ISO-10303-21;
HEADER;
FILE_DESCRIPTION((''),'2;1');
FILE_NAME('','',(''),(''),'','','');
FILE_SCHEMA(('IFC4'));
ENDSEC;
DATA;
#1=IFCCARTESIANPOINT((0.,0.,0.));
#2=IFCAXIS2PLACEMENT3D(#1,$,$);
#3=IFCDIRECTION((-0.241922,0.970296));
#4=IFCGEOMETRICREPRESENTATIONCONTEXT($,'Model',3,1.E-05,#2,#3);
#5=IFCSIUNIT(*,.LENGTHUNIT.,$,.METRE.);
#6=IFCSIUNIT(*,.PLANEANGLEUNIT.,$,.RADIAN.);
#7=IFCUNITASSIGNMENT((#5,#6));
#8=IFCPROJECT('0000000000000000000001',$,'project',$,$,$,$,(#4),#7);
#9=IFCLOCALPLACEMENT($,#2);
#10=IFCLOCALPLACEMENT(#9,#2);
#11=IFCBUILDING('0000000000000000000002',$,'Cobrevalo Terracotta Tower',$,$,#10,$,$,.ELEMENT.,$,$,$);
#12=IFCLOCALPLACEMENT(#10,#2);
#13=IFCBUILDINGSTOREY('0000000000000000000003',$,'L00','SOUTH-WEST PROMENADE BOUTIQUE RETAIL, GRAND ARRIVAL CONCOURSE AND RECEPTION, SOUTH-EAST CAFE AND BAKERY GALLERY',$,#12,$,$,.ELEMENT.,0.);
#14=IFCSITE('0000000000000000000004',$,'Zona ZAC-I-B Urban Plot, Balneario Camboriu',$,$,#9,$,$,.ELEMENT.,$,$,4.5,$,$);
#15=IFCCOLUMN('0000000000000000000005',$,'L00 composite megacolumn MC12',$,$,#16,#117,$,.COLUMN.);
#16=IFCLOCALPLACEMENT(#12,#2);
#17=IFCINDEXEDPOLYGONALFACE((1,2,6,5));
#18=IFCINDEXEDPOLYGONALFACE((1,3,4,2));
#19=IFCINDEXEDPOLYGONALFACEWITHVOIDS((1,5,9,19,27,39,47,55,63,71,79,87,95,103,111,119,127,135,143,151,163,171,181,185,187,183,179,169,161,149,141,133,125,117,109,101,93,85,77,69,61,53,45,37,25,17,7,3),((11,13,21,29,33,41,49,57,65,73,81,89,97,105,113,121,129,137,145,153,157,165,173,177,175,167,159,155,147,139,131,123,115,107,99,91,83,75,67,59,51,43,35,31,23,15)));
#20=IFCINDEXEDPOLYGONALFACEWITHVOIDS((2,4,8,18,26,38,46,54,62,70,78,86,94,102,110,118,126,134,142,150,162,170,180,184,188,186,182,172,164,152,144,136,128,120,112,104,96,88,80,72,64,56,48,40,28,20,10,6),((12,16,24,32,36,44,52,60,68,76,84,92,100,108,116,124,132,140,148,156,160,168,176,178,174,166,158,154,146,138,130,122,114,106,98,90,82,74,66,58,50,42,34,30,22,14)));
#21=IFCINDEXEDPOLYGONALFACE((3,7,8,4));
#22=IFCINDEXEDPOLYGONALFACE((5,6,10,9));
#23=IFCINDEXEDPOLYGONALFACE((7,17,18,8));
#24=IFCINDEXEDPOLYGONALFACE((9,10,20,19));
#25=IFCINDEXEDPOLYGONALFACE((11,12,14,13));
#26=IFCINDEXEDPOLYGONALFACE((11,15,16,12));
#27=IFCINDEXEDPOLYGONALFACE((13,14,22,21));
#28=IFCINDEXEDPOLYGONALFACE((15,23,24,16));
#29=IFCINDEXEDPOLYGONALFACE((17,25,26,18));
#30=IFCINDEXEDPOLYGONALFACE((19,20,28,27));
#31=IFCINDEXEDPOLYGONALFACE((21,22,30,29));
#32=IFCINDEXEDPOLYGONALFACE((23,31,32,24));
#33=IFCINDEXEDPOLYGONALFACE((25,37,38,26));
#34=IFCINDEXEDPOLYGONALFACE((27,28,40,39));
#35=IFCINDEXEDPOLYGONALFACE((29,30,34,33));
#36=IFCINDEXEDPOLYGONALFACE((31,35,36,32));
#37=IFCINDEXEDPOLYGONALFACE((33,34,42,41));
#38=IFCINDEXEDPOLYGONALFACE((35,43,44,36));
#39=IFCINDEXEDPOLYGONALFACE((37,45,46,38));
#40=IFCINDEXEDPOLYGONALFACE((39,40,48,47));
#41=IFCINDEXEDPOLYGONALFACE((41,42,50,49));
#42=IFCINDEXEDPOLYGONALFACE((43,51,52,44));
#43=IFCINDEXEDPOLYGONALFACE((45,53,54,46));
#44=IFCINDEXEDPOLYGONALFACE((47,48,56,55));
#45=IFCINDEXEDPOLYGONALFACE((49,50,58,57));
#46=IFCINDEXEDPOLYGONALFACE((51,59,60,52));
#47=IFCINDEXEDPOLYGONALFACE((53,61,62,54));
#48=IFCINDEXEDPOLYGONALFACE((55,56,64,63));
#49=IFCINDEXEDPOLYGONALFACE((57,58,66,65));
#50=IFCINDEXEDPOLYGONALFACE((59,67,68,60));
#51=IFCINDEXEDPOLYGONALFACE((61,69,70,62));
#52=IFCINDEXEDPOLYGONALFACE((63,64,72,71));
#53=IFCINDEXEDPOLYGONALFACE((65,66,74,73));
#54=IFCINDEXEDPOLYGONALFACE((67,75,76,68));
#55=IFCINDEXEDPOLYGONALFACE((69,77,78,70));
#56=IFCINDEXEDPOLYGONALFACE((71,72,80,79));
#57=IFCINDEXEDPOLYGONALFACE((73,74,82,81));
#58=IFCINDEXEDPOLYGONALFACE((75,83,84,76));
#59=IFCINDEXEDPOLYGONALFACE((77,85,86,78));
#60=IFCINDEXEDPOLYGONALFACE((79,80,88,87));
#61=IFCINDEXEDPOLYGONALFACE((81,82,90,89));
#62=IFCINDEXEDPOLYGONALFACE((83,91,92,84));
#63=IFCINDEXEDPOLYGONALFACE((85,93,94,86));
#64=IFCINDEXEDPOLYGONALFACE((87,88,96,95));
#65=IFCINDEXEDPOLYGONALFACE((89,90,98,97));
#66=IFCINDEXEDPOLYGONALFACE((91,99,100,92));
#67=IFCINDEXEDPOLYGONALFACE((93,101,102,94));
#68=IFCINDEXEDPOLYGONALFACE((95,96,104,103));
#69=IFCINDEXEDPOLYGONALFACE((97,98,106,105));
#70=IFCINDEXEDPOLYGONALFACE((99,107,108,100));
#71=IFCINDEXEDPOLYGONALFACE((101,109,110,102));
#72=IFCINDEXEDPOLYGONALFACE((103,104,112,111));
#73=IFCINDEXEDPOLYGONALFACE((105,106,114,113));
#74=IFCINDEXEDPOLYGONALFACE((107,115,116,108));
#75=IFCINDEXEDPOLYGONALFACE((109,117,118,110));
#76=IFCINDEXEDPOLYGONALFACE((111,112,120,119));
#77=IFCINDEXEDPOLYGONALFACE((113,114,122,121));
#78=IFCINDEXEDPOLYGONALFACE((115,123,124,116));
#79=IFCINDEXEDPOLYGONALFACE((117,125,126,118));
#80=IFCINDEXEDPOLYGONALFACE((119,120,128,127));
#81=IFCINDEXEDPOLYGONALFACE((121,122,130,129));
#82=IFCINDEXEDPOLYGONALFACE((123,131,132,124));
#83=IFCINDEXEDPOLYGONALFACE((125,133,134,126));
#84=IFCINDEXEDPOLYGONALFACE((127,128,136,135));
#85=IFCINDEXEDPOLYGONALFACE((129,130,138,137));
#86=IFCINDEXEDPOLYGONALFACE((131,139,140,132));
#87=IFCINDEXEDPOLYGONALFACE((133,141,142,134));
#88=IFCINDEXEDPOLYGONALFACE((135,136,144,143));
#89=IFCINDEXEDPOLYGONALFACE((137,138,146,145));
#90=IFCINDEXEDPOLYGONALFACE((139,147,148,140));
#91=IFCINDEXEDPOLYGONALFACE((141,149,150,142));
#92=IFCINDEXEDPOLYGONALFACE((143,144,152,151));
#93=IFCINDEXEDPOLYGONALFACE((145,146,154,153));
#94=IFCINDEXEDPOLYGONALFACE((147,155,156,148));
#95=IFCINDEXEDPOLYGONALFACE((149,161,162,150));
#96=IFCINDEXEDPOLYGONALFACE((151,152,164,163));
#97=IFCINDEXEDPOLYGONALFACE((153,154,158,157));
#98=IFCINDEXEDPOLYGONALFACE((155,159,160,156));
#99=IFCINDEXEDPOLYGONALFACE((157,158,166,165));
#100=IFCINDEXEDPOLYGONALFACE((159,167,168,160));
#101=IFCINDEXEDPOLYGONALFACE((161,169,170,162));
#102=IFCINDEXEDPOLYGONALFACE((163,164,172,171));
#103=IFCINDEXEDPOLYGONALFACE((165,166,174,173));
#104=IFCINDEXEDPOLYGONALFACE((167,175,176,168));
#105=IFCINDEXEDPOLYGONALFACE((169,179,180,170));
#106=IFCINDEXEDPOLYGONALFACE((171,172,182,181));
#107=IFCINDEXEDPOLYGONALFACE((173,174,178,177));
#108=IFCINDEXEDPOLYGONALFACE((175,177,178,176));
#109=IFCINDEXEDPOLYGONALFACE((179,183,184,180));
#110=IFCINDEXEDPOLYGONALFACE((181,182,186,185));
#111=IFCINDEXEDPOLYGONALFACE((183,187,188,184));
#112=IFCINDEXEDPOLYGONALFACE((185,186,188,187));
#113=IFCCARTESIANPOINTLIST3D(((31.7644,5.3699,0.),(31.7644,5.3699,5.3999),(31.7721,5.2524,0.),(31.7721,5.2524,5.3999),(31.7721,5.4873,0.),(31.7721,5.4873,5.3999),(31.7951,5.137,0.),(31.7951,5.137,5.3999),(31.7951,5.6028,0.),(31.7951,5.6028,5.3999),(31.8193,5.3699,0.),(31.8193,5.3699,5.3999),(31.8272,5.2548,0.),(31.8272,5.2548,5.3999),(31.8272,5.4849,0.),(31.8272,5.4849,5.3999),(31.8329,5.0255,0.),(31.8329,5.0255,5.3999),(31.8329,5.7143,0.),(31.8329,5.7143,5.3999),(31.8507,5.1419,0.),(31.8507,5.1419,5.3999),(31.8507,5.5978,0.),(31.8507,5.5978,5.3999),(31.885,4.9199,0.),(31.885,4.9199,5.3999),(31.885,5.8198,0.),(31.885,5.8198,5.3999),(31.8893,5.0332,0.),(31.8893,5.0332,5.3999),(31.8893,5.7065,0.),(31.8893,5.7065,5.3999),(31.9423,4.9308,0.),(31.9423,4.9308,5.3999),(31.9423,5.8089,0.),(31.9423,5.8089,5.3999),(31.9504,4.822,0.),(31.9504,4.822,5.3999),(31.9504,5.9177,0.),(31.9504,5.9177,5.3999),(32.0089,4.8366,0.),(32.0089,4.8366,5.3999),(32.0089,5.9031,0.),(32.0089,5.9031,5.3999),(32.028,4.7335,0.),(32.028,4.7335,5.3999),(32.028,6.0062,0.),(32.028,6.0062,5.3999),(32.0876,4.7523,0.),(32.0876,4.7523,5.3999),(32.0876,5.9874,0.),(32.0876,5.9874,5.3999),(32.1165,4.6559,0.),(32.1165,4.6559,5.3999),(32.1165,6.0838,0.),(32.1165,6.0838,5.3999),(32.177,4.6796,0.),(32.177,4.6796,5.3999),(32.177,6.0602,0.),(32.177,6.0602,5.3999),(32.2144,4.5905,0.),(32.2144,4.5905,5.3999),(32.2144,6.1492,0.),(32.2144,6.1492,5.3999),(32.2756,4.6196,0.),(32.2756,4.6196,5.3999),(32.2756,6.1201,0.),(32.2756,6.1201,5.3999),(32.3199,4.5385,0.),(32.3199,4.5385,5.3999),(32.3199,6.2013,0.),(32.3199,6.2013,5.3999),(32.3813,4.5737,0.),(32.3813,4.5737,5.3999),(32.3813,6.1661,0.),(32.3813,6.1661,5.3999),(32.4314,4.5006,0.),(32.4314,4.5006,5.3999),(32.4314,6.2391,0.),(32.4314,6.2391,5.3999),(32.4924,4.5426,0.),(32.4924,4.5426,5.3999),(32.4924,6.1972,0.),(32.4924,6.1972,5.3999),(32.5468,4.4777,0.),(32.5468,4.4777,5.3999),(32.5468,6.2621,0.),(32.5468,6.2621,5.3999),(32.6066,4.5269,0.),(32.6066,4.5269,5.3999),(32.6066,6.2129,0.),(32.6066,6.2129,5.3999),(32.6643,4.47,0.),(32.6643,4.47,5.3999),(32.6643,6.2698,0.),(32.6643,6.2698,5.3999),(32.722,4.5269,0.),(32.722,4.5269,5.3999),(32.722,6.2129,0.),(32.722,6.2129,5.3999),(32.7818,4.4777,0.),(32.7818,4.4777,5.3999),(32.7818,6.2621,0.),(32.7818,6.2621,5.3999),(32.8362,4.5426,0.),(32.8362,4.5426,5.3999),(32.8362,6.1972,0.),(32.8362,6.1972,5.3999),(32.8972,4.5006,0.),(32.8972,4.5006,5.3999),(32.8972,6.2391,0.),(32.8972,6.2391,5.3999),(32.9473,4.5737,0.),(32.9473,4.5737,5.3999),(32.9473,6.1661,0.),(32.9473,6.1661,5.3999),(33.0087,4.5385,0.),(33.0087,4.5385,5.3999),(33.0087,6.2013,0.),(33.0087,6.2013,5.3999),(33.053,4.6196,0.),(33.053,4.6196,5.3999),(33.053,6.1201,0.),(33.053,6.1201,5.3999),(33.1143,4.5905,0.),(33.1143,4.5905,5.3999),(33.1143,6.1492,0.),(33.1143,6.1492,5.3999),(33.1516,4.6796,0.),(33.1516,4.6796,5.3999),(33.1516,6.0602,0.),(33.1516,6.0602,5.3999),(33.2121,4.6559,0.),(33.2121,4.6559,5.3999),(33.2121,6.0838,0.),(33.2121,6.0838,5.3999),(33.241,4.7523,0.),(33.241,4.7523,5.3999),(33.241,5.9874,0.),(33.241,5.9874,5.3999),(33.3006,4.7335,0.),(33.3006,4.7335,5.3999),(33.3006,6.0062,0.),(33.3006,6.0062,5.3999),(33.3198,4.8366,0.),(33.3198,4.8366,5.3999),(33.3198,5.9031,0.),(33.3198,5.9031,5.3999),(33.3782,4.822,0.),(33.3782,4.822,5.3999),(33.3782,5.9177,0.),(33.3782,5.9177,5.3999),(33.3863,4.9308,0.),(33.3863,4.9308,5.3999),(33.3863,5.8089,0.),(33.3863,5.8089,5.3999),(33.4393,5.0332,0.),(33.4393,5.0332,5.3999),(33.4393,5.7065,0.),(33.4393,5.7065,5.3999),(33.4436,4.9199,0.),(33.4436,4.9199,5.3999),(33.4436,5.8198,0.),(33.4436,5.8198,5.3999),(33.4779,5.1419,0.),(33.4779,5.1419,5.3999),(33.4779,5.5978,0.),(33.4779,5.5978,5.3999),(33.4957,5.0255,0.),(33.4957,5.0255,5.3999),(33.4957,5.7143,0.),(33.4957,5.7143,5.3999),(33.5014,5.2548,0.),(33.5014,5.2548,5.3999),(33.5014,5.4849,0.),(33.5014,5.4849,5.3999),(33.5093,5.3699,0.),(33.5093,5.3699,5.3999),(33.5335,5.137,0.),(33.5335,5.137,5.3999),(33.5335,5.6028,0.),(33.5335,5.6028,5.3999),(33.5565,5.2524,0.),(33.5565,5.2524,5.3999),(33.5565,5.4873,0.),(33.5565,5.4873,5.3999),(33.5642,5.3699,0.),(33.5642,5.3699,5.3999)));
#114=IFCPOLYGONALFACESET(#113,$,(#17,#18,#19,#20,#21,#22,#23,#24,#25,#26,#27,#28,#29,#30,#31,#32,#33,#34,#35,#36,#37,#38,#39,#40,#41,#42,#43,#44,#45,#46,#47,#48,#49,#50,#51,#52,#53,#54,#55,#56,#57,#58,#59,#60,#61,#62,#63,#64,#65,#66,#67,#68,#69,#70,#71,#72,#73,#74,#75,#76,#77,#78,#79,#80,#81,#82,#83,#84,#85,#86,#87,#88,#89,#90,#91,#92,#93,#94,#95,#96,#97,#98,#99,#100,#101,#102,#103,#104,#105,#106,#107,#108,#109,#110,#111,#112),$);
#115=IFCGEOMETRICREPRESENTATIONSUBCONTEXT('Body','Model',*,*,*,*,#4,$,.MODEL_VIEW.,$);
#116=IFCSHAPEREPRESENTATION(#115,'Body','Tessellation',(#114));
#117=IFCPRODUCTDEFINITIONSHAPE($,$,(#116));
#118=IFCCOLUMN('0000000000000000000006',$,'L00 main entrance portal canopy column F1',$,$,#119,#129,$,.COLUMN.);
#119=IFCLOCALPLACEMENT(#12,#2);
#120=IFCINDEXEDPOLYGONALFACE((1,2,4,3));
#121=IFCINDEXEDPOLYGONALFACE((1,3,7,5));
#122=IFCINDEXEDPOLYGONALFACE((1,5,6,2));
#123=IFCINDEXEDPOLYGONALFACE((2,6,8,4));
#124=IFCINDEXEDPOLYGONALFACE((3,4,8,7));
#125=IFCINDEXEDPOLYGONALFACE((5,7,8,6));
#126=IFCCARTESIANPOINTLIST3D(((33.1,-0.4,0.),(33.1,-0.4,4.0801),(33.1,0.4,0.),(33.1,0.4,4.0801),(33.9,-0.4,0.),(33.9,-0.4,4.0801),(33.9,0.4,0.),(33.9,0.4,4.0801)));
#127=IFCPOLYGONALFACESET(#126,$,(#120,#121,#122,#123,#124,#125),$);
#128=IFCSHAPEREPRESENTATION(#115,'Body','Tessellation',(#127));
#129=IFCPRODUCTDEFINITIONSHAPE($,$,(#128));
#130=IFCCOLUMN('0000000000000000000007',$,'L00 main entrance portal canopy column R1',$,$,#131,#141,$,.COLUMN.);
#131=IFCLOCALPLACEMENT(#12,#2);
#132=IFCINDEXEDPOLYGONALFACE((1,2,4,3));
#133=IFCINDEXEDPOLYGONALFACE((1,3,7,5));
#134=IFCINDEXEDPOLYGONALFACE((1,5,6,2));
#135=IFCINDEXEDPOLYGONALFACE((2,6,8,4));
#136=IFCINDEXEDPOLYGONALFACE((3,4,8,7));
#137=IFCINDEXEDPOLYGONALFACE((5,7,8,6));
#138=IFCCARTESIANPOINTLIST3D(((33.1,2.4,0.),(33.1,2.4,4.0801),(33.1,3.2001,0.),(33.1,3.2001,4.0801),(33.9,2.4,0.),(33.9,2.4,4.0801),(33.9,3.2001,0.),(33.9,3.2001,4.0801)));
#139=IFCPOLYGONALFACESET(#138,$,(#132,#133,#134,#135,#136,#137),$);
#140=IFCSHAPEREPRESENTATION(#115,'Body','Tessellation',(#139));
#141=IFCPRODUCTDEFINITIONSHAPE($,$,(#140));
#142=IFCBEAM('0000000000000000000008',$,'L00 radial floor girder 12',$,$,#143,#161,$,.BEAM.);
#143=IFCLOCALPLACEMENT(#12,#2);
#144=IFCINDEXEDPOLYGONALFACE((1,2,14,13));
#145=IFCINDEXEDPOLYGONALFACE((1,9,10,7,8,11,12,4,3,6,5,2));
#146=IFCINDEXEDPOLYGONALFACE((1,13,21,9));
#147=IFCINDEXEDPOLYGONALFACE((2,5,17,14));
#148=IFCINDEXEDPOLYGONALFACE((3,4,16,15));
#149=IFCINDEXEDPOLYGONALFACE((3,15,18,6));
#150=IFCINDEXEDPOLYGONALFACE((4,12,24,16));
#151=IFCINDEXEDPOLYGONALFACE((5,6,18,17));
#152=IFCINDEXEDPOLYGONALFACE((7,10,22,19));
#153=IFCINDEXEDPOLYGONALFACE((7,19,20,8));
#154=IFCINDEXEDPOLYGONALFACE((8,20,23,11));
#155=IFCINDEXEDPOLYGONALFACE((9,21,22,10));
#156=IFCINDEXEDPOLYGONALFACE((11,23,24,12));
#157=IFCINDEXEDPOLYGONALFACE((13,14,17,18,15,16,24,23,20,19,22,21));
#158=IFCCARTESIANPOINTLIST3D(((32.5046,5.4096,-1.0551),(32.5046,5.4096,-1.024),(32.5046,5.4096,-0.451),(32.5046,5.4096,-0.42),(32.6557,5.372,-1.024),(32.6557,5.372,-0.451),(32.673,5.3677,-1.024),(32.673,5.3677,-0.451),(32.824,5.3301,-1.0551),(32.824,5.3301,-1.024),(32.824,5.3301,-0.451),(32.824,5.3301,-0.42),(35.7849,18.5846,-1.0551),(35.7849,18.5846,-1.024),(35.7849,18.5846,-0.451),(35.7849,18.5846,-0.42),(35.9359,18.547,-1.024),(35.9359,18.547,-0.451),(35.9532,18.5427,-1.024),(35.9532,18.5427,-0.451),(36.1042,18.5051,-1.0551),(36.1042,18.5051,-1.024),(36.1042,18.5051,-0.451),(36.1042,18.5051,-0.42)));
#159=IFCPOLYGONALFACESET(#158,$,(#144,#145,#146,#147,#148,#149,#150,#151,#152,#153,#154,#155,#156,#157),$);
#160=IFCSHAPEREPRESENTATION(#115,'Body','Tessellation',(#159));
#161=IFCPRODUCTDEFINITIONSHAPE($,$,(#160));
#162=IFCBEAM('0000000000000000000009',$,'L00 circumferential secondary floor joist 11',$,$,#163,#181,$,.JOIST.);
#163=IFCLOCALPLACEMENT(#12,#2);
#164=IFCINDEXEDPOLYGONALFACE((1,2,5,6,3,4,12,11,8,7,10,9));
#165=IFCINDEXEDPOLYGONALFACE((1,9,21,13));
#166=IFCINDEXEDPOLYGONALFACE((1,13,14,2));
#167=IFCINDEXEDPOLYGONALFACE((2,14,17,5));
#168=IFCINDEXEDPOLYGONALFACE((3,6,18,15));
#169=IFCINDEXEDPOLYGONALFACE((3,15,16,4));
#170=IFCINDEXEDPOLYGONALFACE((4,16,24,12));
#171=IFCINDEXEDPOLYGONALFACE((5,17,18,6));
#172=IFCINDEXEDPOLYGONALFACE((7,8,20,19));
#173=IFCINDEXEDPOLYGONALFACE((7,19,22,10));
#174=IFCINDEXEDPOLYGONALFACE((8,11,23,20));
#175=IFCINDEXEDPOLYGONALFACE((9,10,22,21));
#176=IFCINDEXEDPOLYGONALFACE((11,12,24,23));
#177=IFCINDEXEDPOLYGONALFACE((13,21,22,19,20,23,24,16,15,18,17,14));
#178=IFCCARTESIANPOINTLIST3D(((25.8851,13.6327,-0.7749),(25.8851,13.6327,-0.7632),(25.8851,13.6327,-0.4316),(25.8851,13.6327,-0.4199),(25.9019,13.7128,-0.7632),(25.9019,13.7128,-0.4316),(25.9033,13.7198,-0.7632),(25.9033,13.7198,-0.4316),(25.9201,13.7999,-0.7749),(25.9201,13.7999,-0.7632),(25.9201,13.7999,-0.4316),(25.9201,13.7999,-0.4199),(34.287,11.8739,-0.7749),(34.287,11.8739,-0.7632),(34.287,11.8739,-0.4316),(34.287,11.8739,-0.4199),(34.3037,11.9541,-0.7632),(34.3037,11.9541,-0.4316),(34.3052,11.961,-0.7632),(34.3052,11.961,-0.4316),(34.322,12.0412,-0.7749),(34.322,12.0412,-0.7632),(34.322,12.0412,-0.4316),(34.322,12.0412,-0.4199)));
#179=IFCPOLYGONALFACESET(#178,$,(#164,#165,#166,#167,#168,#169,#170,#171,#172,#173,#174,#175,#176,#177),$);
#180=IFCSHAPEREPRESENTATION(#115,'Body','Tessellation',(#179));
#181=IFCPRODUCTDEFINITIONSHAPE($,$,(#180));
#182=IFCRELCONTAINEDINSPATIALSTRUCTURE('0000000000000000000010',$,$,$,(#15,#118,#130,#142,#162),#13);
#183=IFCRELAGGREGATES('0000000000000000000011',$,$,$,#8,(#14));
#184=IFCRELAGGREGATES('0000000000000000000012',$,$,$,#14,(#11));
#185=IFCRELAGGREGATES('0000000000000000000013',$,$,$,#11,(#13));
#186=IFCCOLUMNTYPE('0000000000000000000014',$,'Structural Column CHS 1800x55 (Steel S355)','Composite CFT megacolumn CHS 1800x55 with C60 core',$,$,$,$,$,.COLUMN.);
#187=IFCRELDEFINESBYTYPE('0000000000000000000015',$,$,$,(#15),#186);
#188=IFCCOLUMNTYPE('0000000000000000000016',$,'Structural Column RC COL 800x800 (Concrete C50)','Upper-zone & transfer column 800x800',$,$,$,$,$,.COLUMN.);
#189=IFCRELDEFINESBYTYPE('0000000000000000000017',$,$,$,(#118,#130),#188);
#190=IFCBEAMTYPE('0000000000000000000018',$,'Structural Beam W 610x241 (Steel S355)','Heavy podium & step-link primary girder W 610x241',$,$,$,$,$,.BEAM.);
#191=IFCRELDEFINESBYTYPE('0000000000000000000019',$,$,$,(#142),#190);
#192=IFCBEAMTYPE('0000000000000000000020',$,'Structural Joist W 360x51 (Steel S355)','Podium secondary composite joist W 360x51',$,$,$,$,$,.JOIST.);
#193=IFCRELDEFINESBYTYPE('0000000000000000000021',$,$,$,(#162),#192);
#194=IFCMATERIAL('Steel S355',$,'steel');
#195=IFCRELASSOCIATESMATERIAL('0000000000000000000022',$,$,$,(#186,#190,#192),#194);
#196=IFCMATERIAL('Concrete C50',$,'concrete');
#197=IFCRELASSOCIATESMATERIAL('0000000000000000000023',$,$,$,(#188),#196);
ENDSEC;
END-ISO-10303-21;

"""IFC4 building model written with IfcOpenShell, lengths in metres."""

from ifc_helpers import new_model, si_unit, direction, frame, origin, origin_2d, place, context, subcontext, project, spatial, rectangle, hollow_circle, i_section, extrude, material, material_profile, profile_set, type_object, element, save


model = new_model("IFC4")

# Units and contexts
model_context = context("Model", 3, precision=1e-05, world=origin(), true_north=direction((-0.241922, 0.970296)))
body_context = subcontext(model_context, "Body", "Model", "MODEL_VIEW")
ifc_project = project(units=[si_unit("LENGTHUNIT", "METRE"), si_unit("PLANEANGLEUNIT", "RADIAN")], contexts=[model_context])

# Site, building, storey
site_placement = place(None, origin())
site = spatial("IfcSite", under=ifc_project, at=site_placement, Name="Zona ZAC-I-B Urban Plot, Balneario Camboriu", CompositionType="ELEMENT", RefElevation=4.5)
building_placement = place(site_placement, origin())
building = spatial("IfcBuilding", under=site, at=building_placement, Name="Cobrevalo Terracotta Tower", CompositionType="ELEMENT")
storey_placement = place(building_placement, origin())
storey = spatial("IfcBuildingStorey", under=building, at=storey_placement, Name="L00", Description="SOUTH-WEST PROMENADE BOUTIQUE RETAIL, GRAND ARRIVAL CONCOURSE AND RECEPTION, SOUTH-EAST CAFE AND BAKERY GALLERY", CompositionType="ELEMENT", Elevation=0.0)

# Columns
ifc_material_1 = material(Name="Steel S355", Category="steel")
ifc_material_profile_1 = material_profile(ifc_material_1, hollow_circle(Radius=0.8999, WallThickness=0.0549, at=origin_2d()), Name="CHS 1800x55")
ifc_profile_set_1 = profile_set([ifc_material_profile_1], Name="Steel S355")
column_type_1 = type_object("IfcColumnType", Name="Structural Column CHS 1800x55 (Steel S355)", Description="Composite CFT megacolumn CHS 1800x55 with C60 core", PredefinedType="COLUMN", material=ifc_profile_set_1)
column_placement = place(storey_placement, frame((32.6643, 5.3699, 0.0), z_axis=(0.0, 0.0, 1.0), x_axis=(1.0, 0.0, 0.0)))
element("IfcColumn", 1, at=column_placement, inside=storey, type_object=column_type_1, Name="L00 composite megacolumn MC12", PredefinedType="COLUMN", context=body_context, shape_type="SweptSolid", body=[
    extrude(hollow_circle(Radius=0.8999, WallThickness=0.0549, at=origin_2d()), origin(), (0.0, 0.0, 1.0), 5.3999),
])
ifc_material_2 = material(Name="Concrete C50", Category="concrete")
ifc_material_profile_2 = material_profile(ifc_material_2, rectangle(XDim=0.8, YDim=0.8, at=origin_2d()), Name="RC COL 800x800")
ifc_profile_set_2 = profile_set([ifc_material_profile_2], Name="Concrete C50")
column_type_2 = type_object("IfcColumnType", Name="Structural Column RC COL 800x800 (Concrete C50)", Description="Upper-zone & transfer column 800x800", PredefinedType="COLUMN", material=ifc_profile_set_2)
for number, where, z_axis, x_axis, name in (
    (2, (33.5, 0.0, 0.0), (0.0, 0.0, 1.0), (1.0, 0.0, 0.0), "L00 main entrance portal canopy column F1"),
    (3, (33.5, 2.8, 0.0), (0.0, 0.0, 1.0), (1.0, 0.0, 0.0), "L00 main entrance portal canopy column R1"),
):
    element("IfcColumn", number, at=place(storey_placement, frame(where, z_axis=z_axis, x_axis=x_axis)), inside=storey, type_object=column_type_2, Name=name, PredefinedType="COLUMN", context=body_context, shape_type="SweptSolid", body=[
        extrude(rectangle(XDim=0.8, YDim=0.8, at=origin_2d()), origin(), (0.0, 0.0, 1.0), 4.0801),
    ])

# Beams
ifc_material_profile_3 = material_profile(ifc_material_1, i_section(OverallWidth=0.3291, OverallDepth=0.635, WebThickness=0.0178, FlangeThickness=0.031, at=origin_2d()), Name="W 610x241")
ifc_profile_set_3 = profile_set([ifc_material_profile_3], Name="Steel S355")
beam_type_1 = type_object("IfcBeamType", Name="Structural Beam W 610x241 (Steel S355)", Description="Heavy podium & step-link primary girder W 610x241", PredefinedType="BEAM", material=ifc_profile_set_3)
beam_1_placement = place(storey_placement, frame((32.6643, 5.3699, -0.7375), z_axis=(0.2416, 0.970376, 0.0), x_axis=(-0.970376, 0.2416, 0.0)))
element("IfcBeam", 4, at=beam_1_placement, inside=storey, type_object=beam_type_1, Name="L00 radial floor girder 12", PredefinedType="BEAM", context=body_context, shape_type="SweptSolid", body=[
    extrude(i_section(OverallWidth=0.3291, OverallDepth=0.635, WebThickness=0.0178, FlangeThickness=0.031, at=origin_2d()), origin(), (0.0, 0.0, 1.0), 13.5771),
])
ifc_material_profile_4 = material_profile(ifc_material_1, i_section(OverallWidth=0.1709, OverallDepth=0.355, WebThickness=0.0071, FlangeThickness=0.0117, at=origin_2d()), Name="W 360x51")
ifc_profile_set_4 = profile_set([ifc_material_profile_4], Name="Steel S355")
beam_type_2 = type_object("IfcBeamType", Name="Structural Joist W 360x51 (Steel S355)", Description="Podium secondary composite joist W 360x51", PredefinedType="JOIST", material=ifc_profile_set_4)
beam_2_placement = place(storey_placement, frame((25.9026, 13.7163, -0.5974), z_axis=(0.978785, -0.204892, 0.0), x_axis=(0.204892, 0.978785, 0.0)))
element("IfcBeam", 5, at=beam_2_placement, inside=storey, type_object=beam_type_2, Name="L00 circumferential secondary floor joist 11", PredefinedType="JOIST", context=body_context, shape_type="SweptSolid", body=[
    extrude(i_section(OverallWidth=0.1709, OverallDepth=0.355, WebThickness=0.0071, FlangeThickness=0.0117, at=origin_2d()), origin(), (0.0, 0.0, 1.0), 8.584),
])

save(model, "model.ifc")
